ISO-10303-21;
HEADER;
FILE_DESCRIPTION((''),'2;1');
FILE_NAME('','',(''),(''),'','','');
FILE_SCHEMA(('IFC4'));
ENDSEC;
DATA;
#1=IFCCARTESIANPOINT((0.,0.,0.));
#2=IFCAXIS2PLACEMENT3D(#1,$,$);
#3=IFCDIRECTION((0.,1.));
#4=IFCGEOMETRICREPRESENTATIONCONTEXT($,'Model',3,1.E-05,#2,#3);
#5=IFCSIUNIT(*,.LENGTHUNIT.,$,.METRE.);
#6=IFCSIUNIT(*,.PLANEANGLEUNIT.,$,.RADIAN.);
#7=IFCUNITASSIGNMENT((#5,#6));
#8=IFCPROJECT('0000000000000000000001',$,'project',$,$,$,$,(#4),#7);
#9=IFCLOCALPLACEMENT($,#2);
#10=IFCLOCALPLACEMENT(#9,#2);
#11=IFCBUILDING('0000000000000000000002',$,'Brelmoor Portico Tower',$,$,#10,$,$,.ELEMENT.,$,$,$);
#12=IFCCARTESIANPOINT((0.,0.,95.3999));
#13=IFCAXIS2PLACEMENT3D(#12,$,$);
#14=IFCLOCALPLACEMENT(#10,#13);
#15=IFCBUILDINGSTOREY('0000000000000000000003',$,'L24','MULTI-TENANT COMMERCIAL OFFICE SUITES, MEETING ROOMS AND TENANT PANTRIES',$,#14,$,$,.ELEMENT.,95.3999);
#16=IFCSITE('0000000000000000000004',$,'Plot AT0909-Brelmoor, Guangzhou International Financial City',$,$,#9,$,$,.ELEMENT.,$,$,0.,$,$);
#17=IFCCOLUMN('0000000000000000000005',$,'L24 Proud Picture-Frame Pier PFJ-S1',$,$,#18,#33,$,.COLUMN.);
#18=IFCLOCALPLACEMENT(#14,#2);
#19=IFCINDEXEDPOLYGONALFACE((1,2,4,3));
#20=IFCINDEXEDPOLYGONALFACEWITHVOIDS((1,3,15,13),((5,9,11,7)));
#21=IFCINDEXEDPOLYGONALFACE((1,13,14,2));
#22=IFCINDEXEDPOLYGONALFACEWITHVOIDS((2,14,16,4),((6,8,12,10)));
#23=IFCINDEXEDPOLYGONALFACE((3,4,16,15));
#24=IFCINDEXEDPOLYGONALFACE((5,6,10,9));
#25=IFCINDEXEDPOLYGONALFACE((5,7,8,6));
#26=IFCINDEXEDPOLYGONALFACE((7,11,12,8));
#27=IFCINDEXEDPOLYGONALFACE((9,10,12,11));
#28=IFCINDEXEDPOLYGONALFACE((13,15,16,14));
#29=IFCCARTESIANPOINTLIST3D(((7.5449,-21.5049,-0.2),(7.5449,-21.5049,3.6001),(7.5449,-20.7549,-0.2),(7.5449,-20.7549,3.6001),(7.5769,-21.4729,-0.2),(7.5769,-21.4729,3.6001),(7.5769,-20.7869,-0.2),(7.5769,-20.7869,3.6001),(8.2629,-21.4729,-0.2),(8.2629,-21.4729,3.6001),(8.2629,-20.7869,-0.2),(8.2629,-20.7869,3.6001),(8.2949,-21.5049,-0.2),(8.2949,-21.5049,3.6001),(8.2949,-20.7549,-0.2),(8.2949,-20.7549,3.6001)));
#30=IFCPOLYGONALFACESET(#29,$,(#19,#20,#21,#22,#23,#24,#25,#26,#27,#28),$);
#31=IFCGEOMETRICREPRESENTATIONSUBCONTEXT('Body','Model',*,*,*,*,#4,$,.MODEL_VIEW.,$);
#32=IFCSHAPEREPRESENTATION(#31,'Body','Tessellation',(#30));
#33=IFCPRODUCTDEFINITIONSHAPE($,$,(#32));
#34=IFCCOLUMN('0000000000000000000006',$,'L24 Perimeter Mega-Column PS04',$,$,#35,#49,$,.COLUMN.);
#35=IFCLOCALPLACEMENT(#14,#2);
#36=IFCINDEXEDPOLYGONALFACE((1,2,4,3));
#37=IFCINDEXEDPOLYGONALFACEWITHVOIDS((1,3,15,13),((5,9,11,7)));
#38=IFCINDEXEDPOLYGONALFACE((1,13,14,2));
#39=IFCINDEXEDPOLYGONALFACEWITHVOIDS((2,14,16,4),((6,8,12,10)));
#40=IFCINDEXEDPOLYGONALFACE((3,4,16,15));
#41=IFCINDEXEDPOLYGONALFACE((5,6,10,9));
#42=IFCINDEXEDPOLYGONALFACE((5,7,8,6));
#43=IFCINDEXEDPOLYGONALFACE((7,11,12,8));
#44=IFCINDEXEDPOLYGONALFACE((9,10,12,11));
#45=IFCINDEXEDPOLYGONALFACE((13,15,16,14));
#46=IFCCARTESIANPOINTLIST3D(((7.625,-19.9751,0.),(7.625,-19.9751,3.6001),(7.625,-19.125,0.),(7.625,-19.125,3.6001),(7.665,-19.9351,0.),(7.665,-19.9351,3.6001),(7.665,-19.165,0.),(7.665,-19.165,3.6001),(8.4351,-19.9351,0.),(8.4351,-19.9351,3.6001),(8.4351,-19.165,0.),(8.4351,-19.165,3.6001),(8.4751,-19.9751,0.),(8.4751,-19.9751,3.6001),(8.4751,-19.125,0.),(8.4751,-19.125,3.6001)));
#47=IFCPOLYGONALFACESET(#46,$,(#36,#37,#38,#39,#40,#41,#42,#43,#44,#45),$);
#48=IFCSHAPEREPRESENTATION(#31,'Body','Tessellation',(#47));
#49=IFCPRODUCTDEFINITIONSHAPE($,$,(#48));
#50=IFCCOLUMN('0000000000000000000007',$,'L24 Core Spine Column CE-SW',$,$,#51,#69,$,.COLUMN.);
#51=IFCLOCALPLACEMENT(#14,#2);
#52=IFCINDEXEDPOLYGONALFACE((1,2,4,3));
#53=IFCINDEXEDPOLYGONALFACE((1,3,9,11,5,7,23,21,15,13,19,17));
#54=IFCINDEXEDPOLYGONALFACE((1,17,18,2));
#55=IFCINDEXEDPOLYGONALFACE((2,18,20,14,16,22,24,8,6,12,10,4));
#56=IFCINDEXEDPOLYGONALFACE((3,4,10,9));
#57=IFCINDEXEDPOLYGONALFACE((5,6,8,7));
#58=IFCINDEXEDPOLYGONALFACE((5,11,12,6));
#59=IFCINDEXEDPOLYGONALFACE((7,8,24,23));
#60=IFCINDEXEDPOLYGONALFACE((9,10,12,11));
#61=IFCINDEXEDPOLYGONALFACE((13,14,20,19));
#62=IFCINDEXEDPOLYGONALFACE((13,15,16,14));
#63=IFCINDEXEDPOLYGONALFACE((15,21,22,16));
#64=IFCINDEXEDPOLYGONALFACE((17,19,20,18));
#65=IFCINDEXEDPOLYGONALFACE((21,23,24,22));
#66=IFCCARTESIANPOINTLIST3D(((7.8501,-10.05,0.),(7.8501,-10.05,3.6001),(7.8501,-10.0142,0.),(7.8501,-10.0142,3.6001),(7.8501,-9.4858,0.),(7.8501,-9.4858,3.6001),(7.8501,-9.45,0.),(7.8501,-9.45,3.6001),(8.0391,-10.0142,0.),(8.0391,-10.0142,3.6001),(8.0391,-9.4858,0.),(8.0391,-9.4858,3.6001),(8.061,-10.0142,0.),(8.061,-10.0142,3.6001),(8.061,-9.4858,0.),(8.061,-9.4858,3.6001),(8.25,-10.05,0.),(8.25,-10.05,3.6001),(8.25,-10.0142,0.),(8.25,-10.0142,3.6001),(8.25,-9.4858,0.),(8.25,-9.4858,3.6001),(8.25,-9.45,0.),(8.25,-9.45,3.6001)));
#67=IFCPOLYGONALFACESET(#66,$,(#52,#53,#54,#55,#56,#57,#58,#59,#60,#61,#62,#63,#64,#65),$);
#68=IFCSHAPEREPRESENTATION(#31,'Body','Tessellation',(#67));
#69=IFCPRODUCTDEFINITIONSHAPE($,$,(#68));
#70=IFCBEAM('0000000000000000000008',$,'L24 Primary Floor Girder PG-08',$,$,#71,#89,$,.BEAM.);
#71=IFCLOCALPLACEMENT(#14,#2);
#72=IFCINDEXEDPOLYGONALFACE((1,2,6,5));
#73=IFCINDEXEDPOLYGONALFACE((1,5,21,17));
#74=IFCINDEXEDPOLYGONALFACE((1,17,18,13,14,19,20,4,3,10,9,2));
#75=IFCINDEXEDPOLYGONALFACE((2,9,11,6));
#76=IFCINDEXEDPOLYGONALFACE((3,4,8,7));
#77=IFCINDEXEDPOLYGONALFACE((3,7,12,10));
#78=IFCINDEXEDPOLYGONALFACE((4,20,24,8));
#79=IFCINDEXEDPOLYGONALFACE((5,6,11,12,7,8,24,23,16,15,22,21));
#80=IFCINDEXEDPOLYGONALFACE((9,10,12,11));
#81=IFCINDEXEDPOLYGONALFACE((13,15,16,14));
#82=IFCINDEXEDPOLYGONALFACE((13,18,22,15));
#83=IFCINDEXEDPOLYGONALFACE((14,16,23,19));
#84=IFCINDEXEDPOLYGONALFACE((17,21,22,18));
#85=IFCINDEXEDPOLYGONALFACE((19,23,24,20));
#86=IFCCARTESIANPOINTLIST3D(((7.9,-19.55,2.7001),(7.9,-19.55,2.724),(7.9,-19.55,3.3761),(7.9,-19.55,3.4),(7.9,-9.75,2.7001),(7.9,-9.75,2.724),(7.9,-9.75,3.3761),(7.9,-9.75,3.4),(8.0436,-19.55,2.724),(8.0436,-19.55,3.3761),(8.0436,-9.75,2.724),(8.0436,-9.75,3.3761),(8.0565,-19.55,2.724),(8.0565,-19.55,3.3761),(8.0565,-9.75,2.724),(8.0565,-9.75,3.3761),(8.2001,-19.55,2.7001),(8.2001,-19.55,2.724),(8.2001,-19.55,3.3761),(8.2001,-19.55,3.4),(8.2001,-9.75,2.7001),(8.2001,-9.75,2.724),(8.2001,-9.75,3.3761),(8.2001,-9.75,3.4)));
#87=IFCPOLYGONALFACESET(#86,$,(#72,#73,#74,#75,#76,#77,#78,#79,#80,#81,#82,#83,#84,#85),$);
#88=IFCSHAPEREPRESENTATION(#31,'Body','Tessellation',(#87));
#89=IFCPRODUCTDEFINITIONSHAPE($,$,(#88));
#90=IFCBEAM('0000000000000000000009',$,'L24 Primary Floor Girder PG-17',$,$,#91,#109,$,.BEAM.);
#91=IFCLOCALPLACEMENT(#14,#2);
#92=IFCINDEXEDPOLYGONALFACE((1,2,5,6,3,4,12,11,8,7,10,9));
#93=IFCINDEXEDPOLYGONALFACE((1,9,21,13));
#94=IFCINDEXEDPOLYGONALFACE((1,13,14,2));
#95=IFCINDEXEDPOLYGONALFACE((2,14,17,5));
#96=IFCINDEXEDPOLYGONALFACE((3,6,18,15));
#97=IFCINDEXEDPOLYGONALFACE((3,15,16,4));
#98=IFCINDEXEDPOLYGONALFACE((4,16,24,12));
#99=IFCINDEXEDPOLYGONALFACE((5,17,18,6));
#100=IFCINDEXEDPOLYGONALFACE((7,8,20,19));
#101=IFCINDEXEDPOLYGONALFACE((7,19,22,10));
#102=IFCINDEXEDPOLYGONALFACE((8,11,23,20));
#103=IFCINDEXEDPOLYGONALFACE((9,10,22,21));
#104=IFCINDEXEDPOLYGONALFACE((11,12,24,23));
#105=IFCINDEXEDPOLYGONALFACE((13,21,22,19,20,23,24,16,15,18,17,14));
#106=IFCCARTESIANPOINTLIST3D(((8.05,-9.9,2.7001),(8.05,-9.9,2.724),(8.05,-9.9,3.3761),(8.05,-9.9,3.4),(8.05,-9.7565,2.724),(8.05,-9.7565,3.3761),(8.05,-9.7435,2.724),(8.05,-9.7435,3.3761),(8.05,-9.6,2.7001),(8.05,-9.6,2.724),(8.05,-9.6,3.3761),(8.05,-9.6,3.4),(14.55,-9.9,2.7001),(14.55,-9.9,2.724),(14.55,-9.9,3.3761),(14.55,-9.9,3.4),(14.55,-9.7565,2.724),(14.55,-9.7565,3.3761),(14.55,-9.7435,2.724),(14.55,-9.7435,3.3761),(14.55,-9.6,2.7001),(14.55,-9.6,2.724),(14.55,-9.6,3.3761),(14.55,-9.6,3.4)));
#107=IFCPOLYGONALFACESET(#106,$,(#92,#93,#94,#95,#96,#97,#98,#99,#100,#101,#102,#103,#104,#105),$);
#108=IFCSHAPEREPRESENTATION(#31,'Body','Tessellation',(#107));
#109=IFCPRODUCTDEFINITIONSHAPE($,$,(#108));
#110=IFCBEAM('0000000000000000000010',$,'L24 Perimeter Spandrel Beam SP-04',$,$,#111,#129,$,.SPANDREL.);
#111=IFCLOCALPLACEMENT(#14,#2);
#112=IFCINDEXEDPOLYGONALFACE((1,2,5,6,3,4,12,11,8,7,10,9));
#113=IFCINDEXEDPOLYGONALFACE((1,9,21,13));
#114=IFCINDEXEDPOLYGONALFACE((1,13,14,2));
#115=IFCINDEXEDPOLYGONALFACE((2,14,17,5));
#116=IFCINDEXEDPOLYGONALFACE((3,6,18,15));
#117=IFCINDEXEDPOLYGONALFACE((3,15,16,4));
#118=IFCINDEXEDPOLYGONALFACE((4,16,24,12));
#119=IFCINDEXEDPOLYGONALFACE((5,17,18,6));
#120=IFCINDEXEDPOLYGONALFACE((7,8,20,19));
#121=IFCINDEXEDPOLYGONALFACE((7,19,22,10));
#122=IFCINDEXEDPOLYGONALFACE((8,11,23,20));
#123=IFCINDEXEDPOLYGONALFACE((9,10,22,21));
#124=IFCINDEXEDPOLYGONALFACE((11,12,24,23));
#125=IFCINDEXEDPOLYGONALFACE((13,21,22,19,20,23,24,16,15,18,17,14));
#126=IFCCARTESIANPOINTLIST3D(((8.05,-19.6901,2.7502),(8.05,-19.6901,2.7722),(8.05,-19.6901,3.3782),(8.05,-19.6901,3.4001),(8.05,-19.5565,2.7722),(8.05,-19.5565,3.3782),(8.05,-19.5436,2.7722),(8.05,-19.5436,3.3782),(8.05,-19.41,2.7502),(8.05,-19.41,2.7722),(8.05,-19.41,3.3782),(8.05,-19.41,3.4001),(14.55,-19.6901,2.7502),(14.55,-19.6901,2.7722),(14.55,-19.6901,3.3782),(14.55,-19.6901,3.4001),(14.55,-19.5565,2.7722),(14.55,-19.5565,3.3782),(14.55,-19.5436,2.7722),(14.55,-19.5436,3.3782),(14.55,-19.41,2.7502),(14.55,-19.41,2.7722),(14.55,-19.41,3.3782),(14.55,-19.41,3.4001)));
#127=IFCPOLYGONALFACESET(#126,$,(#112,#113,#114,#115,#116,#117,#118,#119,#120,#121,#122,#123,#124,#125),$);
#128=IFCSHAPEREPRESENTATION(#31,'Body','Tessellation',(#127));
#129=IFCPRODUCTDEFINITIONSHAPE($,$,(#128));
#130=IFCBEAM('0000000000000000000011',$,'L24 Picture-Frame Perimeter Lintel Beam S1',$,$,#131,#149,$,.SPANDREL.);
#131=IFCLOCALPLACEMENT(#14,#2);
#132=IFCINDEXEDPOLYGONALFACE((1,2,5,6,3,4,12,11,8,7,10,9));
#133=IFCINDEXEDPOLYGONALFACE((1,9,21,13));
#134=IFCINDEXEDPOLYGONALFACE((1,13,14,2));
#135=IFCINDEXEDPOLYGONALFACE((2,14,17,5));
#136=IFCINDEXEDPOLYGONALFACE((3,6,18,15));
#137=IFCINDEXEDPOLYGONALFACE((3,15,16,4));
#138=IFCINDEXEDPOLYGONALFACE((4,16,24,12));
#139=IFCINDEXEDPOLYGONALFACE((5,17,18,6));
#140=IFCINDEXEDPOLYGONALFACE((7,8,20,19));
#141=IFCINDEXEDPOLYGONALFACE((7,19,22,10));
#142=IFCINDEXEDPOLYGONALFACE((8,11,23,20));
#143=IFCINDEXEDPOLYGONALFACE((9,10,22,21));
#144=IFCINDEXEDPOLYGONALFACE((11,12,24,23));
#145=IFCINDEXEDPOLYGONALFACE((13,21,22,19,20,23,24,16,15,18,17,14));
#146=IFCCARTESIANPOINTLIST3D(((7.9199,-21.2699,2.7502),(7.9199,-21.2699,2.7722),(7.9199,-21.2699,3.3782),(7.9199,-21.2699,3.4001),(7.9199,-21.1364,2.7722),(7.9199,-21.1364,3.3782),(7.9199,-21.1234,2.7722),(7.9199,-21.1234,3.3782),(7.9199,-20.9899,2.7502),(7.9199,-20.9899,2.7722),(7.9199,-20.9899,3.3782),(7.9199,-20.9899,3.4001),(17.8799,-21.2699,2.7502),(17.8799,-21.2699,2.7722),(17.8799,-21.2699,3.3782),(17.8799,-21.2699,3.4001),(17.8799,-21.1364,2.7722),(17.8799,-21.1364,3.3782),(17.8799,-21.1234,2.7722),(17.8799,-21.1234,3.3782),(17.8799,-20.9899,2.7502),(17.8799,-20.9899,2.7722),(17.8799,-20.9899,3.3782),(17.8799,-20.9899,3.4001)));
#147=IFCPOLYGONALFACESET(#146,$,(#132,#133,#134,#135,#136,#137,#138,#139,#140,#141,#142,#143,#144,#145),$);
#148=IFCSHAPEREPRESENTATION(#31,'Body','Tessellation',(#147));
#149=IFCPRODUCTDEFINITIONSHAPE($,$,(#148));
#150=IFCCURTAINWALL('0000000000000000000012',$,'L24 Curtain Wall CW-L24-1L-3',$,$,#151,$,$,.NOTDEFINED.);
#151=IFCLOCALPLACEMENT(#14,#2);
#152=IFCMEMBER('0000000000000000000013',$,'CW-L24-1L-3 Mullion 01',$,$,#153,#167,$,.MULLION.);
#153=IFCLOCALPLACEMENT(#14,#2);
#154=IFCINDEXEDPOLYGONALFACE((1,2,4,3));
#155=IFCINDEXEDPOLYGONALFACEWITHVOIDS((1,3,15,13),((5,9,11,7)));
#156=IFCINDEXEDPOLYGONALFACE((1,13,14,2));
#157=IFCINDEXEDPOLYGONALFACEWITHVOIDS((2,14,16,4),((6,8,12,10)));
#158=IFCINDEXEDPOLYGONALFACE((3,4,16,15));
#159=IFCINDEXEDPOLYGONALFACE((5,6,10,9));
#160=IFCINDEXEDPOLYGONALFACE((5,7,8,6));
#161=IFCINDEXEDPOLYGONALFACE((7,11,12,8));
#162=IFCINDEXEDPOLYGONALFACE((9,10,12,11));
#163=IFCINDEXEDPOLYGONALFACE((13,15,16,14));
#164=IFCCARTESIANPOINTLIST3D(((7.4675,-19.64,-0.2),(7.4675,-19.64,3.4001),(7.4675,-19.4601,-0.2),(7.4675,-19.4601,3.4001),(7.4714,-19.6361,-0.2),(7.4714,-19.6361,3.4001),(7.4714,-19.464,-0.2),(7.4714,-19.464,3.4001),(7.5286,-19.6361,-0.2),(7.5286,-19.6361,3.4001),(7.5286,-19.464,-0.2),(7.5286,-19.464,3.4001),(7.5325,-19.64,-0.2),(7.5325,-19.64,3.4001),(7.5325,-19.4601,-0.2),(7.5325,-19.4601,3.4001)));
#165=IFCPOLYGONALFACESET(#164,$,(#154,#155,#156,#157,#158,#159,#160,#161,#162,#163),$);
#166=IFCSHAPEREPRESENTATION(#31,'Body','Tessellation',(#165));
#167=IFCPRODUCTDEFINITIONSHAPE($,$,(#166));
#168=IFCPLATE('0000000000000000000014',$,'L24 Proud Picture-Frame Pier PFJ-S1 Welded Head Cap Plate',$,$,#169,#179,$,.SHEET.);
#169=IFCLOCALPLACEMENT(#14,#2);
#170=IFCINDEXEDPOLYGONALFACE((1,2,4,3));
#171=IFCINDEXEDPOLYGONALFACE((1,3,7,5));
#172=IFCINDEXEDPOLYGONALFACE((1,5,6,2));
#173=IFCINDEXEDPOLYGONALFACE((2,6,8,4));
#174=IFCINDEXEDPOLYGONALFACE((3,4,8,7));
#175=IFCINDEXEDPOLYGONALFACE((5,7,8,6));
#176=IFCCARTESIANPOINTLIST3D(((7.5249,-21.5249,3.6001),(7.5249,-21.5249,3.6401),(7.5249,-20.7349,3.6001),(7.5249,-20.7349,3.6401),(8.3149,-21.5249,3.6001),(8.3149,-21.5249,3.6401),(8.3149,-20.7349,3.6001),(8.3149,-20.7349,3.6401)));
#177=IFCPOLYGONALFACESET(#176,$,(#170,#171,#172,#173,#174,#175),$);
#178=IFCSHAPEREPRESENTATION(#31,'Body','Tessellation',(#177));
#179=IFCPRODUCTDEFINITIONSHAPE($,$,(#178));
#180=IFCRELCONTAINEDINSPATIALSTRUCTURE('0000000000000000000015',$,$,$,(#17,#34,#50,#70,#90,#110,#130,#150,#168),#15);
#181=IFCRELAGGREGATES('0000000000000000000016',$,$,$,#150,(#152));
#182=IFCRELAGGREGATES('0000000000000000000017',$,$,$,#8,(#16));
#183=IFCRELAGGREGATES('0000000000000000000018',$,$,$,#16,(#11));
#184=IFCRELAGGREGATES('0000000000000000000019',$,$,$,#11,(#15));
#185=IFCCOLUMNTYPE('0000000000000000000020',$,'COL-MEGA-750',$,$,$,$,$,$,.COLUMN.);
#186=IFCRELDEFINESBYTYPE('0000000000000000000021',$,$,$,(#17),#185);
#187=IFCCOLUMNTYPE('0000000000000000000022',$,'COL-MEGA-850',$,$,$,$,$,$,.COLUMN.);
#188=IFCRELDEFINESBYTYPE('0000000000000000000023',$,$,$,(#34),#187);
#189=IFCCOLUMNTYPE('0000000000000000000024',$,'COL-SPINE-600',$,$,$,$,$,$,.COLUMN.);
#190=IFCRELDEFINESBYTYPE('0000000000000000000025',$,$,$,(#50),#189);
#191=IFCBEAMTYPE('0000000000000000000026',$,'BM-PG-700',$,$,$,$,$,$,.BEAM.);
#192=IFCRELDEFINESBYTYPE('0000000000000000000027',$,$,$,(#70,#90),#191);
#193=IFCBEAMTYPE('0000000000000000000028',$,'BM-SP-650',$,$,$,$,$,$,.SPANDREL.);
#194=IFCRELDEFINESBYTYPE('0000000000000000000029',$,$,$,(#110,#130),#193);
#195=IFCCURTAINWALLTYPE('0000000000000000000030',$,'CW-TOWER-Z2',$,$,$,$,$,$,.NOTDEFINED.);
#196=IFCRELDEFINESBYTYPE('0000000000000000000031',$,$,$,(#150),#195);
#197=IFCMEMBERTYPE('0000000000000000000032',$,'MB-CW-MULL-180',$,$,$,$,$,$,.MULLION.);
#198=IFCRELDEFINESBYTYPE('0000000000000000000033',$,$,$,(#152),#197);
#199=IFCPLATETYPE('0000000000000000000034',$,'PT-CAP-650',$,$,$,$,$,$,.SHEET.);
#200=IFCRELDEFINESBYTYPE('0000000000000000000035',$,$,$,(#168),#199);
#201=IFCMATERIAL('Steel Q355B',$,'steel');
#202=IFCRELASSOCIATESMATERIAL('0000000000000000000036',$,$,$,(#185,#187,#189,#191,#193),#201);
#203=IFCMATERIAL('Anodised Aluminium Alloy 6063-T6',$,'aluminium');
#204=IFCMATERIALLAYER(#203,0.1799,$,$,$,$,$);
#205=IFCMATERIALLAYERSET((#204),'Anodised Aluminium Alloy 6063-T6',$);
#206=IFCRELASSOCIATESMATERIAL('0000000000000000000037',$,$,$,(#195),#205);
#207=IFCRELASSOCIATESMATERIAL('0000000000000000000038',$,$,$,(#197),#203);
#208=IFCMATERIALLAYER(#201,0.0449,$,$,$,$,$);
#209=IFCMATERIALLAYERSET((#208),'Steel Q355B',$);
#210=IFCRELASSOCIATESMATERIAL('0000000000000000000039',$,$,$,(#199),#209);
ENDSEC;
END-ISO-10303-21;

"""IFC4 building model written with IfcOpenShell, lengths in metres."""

from ifc_helpers import new_model, si_unit, direction, frame, origin, origin_2d, place, context, subcontext, project, spatial, rectangle, hollow_rectangle, i_section, extrude, material, layer, layer_set, material_profile, profile_set, type_object, element, aggregate, save


model = new_model("IFC4")

# Units and contexts
model_context = context("Model", 3, precision=1e-05, world=origin(), true_north=direction((0.0, 1.0)))
body_context = subcontext(model_context, "Body", "Model", "MODEL_VIEW")
ifc_project = project(units=[si_unit("LENGTHUNIT", "METRE"), si_unit("PLANEANGLEUNIT", "RADIAN")], contexts=[model_context])

# Site, building, storey
site_placement = place(None, origin())
site = spatial("IfcSite", under=ifc_project, at=site_placement, Name="Plot AT0909-Brelmoor, Guangzhou International Financial City", CompositionType="ELEMENT", RefElevation=0.0)
building_placement = place(site_placement, origin())
building = spatial("IfcBuilding", under=site, at=building_placement, Name="Brelmoor Portico Tower", CompositionType="ELEMENT")
storey_placement = place(building_placement, frame((0.0, 0.0, 95.3999)))
storey = spatial("IfcBuildingStorey", under=building, at=storey_placement, Name="L24", Description="MULTI-TENANT COMMERCIAL OFFICE SUITES, MEETING ROOMS AND TENANT PANTRIES", CompositionType="ELEMENT", Elevation=95.3999)

# Columns
ifc_material_1 = material(Name="Steel Q355B", Category="steel")
ifc_material_profile_1 = material_profile(ifc_material_1, hollow_rectangle(XDim=0.75, YDim=0.75, WallThickness=0.032, at=origin_2d()), Name="BOX 750x750x32")
ifc_profile_set_1 = profile_set([ifc_material_profile_1], Name="Steel Q355B")
column_type_1 = type_object("IfcColumnType", Name="COL-MEGA-750", PredefinedType="COLUMN", material=ifc_profile_set_1)
column_1_placement = place(storey_placement, frame((7.9199, -21.1299, -0.2), z_axis=(0.0, 0.0, 1.0), x_axis=(1.0, 0.0, 0.0)))
element("IfcColumn", 1, at=column_1_placement, inside=storey, type_object=column_type_1, Name="L24 Proud Picture-Frame Pier PFJ-S1", PredefinedType="COLUMN", context=body_context, shape_type="SweptSolid", body=[
    extrude(hollow_rectangle(XDim=0.75, YDim=0.75, WallThickness=0.032, at=origin_2d()), origin(), (0.0, 0.0, 1.0), 3.8),
])
ifc_material_profile_2 = material_profile(ifc_material_1, hollow_rectangle(XDim=0.8501, YDim=0.8501, WallThickness=0.04, at=origin_2d()), Name="BOX 850x850x40")
ifc_profile_set_2 = profile_set([ifc_material_profile_2], Name="Steel Q355B")
column_type_2 = type_object("IfcColumnType", Name="COL-MEGA-850", PredefinedType="COLUMN", material=ifc_profile_set_2)
column_2_placement = place(storey_placement, frame((8.05, -19.55, 0.0), z_axis=(0.0, 0.0, 1.0), x_axis=(1.0, 0.0, 0.0)))
element("IfcColumn", 2, at=column_2_placement, inside=storey, type_object=column_type_2, Name="L24 Perimeter Mega-Column PS04", PredefinedType="COLUMN", context=body_context, shape_type="SweptSolid", body=[
    extrude(hollow_rectangle(XDim=0.8501, YDim=0.8501, WallThickness=0.04, at=origin_2d()), origin(), (0.0, 0.0, 1.0), 3.6001),
])
ifc_material_profile_3 = material_profile(ifc_material_1, i_section(OverallWidth=0.3999, OverallDepth=0.6001, WebThickness=0.022, FlangeThickness=0.0359, at=origin_2d()), Name="HW 600x400x22x36")
ifc_profile_set_3 = profile_set([ifc_material_profile_3], Name="Steel Q355B")
column_type_3 = type_object("IfcColumnType", Name="COL-SPINE-600", PredefinedType="COLUMN", material=ifc_profile_set_3)
column_3_placement = place(storey_placement, frame((8.05, -9.75, 0.0), z_axis=(0.0, 0.0, 1.0), x_axis=(1.0, 0.0, 0.0)))
element("IfcColumn", 3, at=column_3_placement, inside=storey, type_object=column_type_3, Name="L24 Core Spine Column CE-SW", PredefinedType="COLUMN", context=body_context, shape_type="SweptSolid", body=[
    extrude(i_section(OverallWidth=0.3999, OverallDepth=0.6001, WebThickness=0.022, FlangeThickness=0.0359, at=origin_2d()), origin(), (0.0, 0.0, 1.0), 3.6001),
])

# Beams
ifc_material_profile_4 = material_profile(ifc_material_1, i_section(OverallWidth=0.3, OverallDepth=0.7, WebThickness=0.0129, FlangeThickness=0.0239, at=origin_2d()), Name="HN 700x300x13x24")
ifc_profile_set_4 = profile_set([ifc_material_profile_4], Name="Steel Q355B")
beam_type_1 = type_object("IfcBeamType", Name="BM-PG-700", PredefinedType="BEAM", material=ifc_profile_set_4)
beam_1_placement = place(storey_placement, frame((8.05, -19.55, 3.05), z_axis=(0.0, 1.0, 0.0), x_axis=(-1.0, 0.0, 0.0)))
element("IfcBeam", 4, at=beam_1_placement, inside=storey, type_object=beam_type_1, Name="L24 Primary Floor Girder PG-08", PredefinedType="BEAM", context=body_context, shape_type="SweptSolid", body=[
    extrude(i_section(OverallWidth=0.3, OverallDepth=0.7, WebThickness=0.0129, FlangeThickness=0.0239, at=origin_2d()), origin(), (0.0, 0.0, 1.0), 9.8),
])
beam_2_placement = place(storey_placement, frame((8.05, -9.75, 3.05), z_axis=(1.0, 0.0, 0.0), x_axis=(0.0, 1.0, 0.0)))
element("IfcBeam", 5, at=beam_2_placement, inside=storey, type_object=beam_type_1, Name="L24 Primary Floor Girder PG-17", PredefinedType="BEAM", context=body_context, shape_type="SweptSolid", body=[
    extrude(i_section(OverallWidth=0.3, OverallDepth=0.7, WebThickness=0.0129, FlangeThickness=0.0239, at=origin_2d()), origin(), (0.0, 0.0, 1.0), 6.5),
])
ifc_material_profile_5 = material_profile(ifc_material_1, i_section(OverallWidth=0.28, OverallDepth=0.6499, WebThickness=0.0129, FlangeThickness=0.022, at=origin_2d()), Name="HN 650x280x13x22")
ifc_profile_set_5 = profile_set([ifc_material_profile_5], Name="Steel Q355B")
beam_type_2 = type_object("IfcBeamType", Name="BM-SP-650", PredefinedType="SPANDREL", material=ifc_profile_set_5)
beam_3_placement = place(storey_placement, frame((8.05, -19.55, 3.0752), z_axis=(1.0, 0.0, 0.0), x_axis=(0.0, 1.0, 0.0)))
element("IfcBeam", 6, at=beam_3_placement, inside=storey, type_object=beam_type_2, Name="L24 Perimeter Spandrel Beam SP-04", PredefinedType="SPANDREL", context=body_context, shape_type="SweptSolid", body=[
    extrude(i_section(OverallWidth=0.28, OverallDepth=0.6499, WebThickness=0.0129, FlangeThickness=0.022, at=origin_2d()), origin(), (0.0, 0.0, 1.0), 6.5),
])
beam_4_placement = place(storey_placement, frame((7.9199, -21.1299, 3.0752), z_axis=(1.0, 0.0, 0.0), x_axis=(0.0, 1.0, 0.0)))
element("IfcBeam", 7, at=beam_4_placement, inside=storey, type_object=beam_type_2, Name="L24 Picture-Frame Perimeter Lintel Beam S1", PredefinedType="SPANDREL", context=body_context, shape_type="SweptSolid", body=[
    extrude(i_section(OverallWidth=0.28, OverallDepth=0.6499, WebThickness=0.0129, FlangeThickness=0.022, at=origin_2d()), origin(), (0.0, 0.0, 1.0), 9.96),
])

# Curtain wall, member
ifc_material_2 = material(Name="Anodised Aluminium Alloy 6063-T6", Category="aluminium")
ifc_layer_1 = layer(ifc_material_2, 0.1799)
ifc_layer_set_1 = layer_set([ifc_layer_1], Name="Anodised Aluminium Alloy 6063-T6")
curtain_wall_type = type_object("IfcCurtainWallType", Name="CW-TOWER-Z2", PredefinedType="NOTDEFINED", material=ifc_layer_set_1)
curtain_wall_placement = place(storey_placement, origin())
curtain_wall = element("IfcCurtainWall", 8, at=curtain_wall_placement, inside=storey, type_object=curtain_wall_type, Name="L24 Curtain Wall CW-L24-1L-3", PredefinedType="NOTDEFINED")
ifc_material_profile_6 = material_profile(ifc_material_2, hollow_rectangle(XDim=0.0649, YDim=0.1799, WallThickness=0.0039, at=origin_2d()), Name="ALU MULLION 65x180")
ifc_profile_set_6 = profile_set([ifc_material_profile_6], Name="Anodised Aluminium Alloy 6063-T6")
member_type = type_object("IfcMemberType", Name="MB-CW-MULL-180", PredefinedType="MULLION", material=ifc_profile_set_6)
member_placement = place(storey_placement, frame((7.5, -19.55, -0.2), z_axis=(0.0, 0.0, 1.0), x_axis=(1.0, 0.0, 0.0)))
member = element("IfcMember", 9, at=member_placement, type_object=member_type, Name="CW-L24-1L-3 Mullion 01", PredefinedType="MULLION", context=body_context, shape_type="SweptSolid", body=[
    extrude(hollow_rectangle(XDim=0.0649, YDim=0.1799, WallThickness=0.0039, at=origin_2d()), origin(), (0.0, 0.0, 1.0), 3.6001),
])
aggregate(curtain_wall, [member])

# Plate
ifc_layer_2 = layer(ifc_material_1, 0.0449)
ifc_layer_set_2 = layer_set([ifc_layer_2], Name="Steel Q355B")
plate_type_1 = type_object("IfcPlateType", Name="PT-CAP-650", PredefinedType="SHEET", material=ifc_layer_set_2)
plate_1_placement = place(storey_placement, frame((7.9199, -21.1299, 3.6001), z_axis=(0.0, 0.0, 1.0), x_axis=(1.0, 0.0, 0.0)))
element("IfcPlate", 10, at=plate_1_placement, inside=storey, type_object=plate_type_1, Name="L24 Proud Picture-Frame Pier PFJ-S1 Welded Head Cap Plate", PredefinedType="SHEET", context=body_context, shape_type="SweptSolid", body=[
    extrude(rectangle(XDim=0.79, YDim=0.79, at=origin_2d()), origin(), (0.0, 0.0, 1.0), 0.04),
])

save(model, "model.ifc")
